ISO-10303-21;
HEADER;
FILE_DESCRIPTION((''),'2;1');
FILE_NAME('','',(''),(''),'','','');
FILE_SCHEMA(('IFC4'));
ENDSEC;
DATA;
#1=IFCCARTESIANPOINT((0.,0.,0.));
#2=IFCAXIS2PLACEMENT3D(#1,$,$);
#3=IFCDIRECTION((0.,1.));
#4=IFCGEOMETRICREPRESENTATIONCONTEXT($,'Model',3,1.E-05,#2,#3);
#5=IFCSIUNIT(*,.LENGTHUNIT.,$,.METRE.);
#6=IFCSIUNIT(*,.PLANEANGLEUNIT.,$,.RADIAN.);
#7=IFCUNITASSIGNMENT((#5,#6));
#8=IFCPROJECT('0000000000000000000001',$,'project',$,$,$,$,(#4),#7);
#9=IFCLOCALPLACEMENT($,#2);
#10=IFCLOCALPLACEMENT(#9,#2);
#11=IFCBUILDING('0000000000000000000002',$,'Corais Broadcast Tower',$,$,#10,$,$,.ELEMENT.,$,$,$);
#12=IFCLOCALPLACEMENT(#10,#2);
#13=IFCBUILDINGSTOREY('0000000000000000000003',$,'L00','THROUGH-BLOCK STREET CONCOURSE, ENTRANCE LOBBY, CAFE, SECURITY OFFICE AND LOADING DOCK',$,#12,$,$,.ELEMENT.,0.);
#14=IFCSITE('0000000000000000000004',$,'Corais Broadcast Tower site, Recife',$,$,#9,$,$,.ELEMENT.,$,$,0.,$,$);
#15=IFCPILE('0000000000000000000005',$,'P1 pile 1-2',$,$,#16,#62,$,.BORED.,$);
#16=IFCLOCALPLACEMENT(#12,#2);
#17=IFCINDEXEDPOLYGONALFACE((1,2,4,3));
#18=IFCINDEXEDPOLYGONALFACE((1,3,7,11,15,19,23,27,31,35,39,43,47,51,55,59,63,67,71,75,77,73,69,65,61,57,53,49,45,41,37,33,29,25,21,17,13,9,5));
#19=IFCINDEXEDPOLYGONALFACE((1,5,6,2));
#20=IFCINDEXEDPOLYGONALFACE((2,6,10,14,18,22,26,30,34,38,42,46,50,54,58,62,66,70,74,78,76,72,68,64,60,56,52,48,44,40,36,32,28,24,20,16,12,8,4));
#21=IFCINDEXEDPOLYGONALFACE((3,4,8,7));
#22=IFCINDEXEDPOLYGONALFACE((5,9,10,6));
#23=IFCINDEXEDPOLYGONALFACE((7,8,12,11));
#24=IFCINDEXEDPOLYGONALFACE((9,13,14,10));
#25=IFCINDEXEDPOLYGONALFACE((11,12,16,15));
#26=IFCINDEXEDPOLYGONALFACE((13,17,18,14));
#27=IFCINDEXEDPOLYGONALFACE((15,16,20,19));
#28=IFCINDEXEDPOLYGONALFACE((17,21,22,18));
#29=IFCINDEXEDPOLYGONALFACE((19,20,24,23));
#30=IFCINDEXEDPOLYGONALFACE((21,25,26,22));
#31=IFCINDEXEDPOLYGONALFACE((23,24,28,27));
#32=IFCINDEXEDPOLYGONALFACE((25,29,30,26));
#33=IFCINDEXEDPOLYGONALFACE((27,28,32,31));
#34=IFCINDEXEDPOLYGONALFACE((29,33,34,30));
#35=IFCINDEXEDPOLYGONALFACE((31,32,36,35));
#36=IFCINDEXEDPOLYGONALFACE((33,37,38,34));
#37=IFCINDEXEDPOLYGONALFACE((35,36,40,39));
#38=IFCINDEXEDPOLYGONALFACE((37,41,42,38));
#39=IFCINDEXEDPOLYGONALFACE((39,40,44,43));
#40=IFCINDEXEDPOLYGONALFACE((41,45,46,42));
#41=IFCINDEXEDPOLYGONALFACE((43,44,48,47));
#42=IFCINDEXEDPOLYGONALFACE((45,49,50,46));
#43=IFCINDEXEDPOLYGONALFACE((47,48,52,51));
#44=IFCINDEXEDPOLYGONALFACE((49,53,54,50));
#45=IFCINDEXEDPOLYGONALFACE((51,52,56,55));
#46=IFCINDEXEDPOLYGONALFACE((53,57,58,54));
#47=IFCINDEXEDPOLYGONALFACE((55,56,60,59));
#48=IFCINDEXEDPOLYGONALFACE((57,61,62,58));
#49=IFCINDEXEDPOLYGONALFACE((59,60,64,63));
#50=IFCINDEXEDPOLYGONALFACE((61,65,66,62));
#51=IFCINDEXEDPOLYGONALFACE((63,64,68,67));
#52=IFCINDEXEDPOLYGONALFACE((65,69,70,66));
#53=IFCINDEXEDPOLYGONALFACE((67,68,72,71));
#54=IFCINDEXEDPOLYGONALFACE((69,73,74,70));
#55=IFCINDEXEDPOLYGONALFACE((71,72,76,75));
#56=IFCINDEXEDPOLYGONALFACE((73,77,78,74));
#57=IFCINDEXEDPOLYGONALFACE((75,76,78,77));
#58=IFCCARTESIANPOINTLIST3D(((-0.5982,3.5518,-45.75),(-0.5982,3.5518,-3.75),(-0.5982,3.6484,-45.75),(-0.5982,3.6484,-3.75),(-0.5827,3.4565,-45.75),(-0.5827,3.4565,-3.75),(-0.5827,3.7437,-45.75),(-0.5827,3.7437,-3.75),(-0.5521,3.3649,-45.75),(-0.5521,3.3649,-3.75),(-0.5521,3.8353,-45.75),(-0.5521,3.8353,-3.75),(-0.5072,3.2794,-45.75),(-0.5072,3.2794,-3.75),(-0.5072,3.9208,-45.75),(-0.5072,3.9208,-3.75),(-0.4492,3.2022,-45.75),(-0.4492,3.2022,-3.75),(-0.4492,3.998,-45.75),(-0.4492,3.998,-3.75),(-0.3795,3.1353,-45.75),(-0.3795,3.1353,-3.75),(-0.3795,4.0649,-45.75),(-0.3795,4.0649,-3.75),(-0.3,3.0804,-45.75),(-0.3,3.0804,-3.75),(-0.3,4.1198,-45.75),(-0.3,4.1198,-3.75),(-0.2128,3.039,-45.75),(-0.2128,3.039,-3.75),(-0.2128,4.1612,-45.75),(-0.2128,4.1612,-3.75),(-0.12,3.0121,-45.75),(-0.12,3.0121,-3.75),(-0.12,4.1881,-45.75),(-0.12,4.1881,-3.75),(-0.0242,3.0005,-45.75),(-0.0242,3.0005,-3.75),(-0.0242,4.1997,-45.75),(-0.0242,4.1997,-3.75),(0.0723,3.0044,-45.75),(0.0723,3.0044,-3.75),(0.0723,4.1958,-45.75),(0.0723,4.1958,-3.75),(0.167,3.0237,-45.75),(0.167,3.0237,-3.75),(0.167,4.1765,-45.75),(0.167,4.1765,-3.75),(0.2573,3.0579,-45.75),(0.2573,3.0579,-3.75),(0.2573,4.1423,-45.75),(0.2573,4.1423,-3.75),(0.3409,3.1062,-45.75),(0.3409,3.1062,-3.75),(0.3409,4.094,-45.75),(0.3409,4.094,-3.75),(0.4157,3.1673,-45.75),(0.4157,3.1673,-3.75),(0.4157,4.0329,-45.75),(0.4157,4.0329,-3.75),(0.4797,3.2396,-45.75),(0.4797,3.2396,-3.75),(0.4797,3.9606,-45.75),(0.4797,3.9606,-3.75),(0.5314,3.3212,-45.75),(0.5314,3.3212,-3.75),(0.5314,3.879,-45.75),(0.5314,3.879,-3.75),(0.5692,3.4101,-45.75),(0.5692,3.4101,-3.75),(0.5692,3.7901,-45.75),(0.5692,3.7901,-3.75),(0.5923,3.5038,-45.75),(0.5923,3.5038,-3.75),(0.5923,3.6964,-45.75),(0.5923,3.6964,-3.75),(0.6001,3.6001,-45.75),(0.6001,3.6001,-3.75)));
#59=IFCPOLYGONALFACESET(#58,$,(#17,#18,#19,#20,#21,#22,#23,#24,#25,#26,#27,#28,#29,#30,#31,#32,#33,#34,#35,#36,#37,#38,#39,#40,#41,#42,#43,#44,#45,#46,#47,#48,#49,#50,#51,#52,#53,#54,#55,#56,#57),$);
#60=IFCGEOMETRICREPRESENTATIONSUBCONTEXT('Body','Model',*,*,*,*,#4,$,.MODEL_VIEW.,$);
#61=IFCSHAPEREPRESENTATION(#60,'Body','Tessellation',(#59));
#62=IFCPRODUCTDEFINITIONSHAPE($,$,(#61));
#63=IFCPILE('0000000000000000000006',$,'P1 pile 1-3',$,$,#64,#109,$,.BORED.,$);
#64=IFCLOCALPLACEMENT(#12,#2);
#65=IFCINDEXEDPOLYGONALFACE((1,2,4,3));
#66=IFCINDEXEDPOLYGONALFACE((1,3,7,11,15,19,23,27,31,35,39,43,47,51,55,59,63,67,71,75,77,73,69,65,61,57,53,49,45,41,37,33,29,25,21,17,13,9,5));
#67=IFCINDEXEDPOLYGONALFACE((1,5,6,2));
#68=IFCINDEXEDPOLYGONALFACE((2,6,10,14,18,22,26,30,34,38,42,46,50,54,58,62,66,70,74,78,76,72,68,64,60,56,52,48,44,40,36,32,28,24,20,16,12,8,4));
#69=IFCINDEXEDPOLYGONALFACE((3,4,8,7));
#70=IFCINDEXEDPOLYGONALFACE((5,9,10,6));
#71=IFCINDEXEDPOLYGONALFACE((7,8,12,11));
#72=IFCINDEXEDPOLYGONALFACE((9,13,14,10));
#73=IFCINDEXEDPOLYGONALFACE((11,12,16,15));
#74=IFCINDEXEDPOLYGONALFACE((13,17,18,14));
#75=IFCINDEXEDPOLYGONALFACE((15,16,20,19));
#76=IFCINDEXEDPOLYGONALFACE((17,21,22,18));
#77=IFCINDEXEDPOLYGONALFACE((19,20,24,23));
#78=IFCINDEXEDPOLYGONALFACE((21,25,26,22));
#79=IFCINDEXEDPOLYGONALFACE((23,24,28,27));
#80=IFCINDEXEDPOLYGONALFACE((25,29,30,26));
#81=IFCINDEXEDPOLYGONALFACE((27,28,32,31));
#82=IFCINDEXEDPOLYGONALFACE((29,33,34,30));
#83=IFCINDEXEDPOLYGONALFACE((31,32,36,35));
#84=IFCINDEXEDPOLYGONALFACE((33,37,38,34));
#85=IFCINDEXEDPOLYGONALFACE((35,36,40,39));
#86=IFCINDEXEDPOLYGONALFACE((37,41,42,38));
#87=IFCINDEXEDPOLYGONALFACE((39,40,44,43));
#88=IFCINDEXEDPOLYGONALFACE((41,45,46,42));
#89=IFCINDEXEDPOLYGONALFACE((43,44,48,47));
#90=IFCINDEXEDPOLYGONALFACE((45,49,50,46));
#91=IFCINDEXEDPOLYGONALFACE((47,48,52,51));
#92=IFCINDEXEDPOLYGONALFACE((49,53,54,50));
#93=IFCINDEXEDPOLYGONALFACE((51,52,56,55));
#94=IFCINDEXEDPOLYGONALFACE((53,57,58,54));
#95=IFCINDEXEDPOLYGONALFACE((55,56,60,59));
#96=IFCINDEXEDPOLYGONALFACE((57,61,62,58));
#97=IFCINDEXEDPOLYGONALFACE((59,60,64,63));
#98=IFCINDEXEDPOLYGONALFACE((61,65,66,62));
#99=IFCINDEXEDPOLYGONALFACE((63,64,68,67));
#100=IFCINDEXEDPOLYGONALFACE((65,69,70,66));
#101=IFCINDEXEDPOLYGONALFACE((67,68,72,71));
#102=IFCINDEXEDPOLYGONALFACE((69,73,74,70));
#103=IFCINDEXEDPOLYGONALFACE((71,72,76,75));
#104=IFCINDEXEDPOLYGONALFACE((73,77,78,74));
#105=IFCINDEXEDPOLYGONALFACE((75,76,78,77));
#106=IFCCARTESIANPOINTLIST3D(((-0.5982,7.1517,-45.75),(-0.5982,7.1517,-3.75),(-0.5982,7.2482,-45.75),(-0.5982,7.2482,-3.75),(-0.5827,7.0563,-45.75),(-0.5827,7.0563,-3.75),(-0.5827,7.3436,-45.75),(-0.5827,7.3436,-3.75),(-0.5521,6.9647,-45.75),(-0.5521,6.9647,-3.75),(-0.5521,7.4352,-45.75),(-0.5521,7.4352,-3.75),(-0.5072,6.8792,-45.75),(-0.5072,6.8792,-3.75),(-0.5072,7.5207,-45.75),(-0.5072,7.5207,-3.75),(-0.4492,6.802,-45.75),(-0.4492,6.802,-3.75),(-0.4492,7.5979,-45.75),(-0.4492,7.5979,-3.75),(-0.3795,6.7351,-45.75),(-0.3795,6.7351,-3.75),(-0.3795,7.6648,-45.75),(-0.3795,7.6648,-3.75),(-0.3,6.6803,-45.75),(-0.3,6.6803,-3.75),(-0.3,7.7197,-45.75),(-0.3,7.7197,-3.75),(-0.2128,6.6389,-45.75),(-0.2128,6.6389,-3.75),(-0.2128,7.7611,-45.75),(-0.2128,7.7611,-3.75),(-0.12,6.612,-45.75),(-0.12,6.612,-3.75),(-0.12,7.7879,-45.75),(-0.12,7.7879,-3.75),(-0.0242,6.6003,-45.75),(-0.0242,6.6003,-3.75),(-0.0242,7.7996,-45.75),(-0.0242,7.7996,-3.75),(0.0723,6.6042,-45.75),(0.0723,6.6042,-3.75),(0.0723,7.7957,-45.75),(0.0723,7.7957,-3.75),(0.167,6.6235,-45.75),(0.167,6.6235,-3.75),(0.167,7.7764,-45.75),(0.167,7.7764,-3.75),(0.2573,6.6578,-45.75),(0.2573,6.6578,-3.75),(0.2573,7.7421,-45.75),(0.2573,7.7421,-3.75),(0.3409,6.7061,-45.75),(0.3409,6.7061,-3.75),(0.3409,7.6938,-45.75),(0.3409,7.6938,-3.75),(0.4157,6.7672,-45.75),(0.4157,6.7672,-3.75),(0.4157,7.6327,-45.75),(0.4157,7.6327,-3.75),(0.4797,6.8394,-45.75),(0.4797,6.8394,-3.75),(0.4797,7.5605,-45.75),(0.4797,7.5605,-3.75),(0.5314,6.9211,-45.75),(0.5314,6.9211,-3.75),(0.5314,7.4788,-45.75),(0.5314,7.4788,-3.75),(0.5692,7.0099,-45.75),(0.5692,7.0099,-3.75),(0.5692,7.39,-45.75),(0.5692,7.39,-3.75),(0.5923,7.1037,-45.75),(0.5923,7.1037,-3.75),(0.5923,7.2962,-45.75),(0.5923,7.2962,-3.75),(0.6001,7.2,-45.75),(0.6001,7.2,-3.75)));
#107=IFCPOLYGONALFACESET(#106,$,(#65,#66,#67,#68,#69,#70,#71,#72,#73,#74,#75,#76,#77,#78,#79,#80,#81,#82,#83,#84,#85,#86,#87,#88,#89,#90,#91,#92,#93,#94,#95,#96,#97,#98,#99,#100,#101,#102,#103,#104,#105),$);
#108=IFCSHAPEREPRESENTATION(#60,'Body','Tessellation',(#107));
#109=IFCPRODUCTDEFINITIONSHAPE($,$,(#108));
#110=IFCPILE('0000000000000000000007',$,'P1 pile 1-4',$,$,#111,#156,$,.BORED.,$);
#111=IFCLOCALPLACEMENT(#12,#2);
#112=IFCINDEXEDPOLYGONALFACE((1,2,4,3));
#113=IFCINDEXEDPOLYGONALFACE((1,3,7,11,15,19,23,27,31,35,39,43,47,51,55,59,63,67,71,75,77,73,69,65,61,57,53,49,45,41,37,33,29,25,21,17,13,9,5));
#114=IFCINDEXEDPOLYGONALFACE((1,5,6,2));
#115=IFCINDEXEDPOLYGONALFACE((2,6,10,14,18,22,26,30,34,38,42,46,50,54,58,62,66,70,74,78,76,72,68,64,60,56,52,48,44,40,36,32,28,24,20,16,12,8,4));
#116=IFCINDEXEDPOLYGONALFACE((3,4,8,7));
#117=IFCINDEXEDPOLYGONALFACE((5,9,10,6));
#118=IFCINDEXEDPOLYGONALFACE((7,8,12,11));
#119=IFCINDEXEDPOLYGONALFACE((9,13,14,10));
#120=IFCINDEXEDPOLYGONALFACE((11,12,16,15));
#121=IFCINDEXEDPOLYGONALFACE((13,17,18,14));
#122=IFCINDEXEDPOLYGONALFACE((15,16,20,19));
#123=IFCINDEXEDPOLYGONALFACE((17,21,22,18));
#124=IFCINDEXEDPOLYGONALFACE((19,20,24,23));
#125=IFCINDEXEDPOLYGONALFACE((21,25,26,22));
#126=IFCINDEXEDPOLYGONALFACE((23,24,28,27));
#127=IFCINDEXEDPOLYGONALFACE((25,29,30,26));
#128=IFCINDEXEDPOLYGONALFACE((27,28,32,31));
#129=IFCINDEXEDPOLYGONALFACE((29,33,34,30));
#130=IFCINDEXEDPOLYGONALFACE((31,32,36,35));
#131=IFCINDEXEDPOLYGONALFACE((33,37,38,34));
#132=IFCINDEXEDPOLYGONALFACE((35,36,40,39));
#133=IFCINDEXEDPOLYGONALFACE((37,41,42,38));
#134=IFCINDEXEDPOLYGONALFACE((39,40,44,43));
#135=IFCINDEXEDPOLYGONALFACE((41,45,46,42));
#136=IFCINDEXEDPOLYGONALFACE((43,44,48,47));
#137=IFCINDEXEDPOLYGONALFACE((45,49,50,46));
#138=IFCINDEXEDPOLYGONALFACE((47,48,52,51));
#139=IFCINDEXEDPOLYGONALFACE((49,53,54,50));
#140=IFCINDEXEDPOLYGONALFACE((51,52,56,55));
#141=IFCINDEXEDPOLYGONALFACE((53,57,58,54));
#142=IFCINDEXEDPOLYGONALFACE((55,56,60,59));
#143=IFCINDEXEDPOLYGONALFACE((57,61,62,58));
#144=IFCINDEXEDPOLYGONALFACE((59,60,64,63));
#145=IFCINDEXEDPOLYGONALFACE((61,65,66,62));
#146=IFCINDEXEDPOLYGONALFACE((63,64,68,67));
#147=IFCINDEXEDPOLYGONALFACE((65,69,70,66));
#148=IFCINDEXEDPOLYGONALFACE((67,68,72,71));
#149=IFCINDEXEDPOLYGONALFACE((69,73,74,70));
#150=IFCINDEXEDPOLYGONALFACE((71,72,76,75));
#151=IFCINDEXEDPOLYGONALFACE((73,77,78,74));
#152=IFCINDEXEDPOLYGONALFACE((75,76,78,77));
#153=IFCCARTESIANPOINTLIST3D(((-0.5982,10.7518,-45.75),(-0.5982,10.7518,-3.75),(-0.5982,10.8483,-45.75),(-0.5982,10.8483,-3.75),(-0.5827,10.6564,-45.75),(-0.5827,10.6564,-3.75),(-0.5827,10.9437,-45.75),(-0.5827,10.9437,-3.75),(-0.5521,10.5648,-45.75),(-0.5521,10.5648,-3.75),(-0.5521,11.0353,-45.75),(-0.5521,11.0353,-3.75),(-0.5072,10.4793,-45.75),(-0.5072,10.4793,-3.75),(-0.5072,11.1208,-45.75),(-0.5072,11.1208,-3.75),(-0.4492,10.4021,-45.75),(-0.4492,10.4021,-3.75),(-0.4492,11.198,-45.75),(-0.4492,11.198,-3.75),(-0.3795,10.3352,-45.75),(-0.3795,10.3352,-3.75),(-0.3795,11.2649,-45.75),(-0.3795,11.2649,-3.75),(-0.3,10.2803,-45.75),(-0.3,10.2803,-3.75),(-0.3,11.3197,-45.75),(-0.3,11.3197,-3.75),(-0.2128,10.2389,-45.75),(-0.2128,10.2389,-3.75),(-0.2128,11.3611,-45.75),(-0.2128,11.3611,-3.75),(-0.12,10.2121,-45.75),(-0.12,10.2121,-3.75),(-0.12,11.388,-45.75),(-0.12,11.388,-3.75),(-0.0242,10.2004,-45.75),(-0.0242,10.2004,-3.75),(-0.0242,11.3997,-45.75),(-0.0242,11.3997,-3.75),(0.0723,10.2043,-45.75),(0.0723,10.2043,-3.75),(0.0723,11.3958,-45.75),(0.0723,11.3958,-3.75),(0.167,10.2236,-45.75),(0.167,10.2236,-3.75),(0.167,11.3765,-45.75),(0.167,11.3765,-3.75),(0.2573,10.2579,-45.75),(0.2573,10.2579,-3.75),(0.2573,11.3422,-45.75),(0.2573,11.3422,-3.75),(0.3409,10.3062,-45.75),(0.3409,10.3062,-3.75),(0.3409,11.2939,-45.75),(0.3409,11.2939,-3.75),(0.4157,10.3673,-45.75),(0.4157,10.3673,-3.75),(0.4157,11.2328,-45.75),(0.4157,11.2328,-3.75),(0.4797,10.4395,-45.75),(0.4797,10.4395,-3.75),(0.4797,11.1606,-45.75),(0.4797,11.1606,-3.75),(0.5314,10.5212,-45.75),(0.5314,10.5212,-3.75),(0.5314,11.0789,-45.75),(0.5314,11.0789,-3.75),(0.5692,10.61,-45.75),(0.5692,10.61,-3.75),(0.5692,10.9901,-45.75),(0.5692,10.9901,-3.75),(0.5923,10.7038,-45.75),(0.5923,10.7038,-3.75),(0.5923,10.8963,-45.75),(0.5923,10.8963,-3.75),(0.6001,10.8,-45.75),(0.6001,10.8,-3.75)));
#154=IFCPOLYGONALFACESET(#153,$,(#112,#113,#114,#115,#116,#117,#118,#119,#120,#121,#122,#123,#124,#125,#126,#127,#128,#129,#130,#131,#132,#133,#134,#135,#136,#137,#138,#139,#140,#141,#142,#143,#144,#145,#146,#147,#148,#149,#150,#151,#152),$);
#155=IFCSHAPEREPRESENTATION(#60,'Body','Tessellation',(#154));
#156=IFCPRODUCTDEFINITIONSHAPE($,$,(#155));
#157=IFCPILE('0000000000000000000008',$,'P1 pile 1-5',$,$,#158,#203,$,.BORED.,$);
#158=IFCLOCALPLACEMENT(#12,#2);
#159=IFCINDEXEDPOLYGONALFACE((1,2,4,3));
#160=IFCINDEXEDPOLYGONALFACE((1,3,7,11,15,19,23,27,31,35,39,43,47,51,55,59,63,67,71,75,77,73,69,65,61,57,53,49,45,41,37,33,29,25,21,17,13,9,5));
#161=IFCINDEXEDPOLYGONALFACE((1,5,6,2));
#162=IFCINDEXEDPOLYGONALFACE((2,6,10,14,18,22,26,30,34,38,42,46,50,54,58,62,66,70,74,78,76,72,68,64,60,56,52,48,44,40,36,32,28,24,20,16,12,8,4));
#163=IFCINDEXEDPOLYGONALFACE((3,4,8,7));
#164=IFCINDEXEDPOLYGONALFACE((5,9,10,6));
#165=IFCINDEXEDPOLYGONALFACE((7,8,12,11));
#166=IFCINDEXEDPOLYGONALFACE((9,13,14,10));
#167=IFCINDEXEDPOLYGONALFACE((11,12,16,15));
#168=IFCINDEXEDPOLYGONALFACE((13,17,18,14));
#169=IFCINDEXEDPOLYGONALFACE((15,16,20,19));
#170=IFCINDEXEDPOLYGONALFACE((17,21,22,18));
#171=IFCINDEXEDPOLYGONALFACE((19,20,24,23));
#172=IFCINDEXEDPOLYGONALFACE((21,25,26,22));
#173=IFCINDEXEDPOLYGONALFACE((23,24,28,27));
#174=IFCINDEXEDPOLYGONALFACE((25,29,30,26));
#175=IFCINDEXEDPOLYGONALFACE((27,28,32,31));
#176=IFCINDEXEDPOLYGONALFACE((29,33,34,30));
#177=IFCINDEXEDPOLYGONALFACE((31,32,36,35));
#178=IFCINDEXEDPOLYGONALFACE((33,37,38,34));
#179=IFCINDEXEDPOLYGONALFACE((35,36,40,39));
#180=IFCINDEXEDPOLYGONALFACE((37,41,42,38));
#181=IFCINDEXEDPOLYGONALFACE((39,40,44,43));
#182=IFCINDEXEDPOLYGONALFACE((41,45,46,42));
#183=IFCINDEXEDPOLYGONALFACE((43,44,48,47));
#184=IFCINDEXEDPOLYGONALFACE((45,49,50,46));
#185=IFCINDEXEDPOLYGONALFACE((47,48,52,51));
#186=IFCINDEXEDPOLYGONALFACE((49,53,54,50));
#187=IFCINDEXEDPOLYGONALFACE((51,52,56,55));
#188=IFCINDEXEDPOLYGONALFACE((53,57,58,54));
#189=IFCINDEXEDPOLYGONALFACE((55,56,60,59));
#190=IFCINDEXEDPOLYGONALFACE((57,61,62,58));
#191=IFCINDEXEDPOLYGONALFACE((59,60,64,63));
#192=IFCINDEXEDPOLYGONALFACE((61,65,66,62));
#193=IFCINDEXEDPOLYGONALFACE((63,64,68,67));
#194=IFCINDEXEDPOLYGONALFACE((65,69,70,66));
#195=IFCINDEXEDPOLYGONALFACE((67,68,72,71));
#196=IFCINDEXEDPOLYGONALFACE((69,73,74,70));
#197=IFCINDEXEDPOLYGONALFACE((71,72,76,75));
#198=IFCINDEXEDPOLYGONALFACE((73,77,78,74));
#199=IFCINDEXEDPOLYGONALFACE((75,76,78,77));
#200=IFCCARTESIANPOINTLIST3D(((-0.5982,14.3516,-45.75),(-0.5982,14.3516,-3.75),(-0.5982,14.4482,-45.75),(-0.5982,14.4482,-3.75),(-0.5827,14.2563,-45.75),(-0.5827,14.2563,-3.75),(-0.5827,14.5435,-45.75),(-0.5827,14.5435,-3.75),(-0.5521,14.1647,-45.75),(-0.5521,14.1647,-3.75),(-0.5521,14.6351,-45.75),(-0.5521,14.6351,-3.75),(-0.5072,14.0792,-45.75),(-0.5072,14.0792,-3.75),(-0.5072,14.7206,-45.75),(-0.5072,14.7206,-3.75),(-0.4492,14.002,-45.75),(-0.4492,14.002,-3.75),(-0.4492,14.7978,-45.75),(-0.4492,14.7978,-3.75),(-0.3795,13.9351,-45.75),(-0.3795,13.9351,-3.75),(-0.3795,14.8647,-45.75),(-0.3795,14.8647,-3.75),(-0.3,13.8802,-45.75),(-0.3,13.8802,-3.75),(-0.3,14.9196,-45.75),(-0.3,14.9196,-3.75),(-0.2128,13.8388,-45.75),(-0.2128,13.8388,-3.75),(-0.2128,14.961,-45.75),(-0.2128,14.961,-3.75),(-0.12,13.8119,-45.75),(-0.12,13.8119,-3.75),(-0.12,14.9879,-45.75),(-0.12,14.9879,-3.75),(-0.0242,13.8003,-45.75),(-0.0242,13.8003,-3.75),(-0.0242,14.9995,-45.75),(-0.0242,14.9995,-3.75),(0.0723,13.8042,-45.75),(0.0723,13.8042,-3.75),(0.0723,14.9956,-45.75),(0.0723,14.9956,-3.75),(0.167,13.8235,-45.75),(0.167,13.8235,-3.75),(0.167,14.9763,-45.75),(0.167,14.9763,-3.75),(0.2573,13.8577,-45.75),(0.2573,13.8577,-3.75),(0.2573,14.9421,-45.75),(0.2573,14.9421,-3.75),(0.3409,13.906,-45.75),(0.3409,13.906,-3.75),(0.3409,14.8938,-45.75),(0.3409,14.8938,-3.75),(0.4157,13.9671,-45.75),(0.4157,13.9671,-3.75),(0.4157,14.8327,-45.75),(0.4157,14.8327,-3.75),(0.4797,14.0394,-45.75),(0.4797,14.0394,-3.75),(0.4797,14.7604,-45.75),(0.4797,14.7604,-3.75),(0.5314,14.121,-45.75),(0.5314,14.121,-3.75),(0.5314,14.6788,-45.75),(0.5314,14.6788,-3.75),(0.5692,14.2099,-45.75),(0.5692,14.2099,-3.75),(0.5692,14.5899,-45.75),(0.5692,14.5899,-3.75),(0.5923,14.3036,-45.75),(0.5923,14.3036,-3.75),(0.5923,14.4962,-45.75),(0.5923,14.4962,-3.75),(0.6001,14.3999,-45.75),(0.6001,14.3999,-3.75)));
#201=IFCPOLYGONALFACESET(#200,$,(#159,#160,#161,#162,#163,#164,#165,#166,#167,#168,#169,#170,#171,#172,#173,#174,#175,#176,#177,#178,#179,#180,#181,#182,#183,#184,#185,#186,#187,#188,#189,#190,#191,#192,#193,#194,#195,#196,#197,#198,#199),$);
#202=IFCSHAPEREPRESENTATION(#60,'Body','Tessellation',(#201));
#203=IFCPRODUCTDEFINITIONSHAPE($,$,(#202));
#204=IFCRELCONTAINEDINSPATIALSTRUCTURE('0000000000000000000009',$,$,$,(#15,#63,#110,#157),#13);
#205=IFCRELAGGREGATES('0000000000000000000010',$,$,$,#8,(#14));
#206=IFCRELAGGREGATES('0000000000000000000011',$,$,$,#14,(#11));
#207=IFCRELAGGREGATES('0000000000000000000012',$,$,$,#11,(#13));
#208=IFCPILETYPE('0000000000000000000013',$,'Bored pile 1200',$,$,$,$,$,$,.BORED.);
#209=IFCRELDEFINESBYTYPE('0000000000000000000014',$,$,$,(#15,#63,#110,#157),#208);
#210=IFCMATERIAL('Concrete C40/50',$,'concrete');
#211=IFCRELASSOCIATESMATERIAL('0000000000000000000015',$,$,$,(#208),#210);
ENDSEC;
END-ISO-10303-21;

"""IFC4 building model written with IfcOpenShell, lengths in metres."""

from ifc_helpers import new_model, si_unit, direction, frame, origin, origin_2d, place, context, subcontext, project, spatial, circle, extrude, material, type_object, element, save


model = new_model("IFC4")

# Units and contexts
model_context = context("Model", 3, precision=1e-05, world=origin(), true_north=direction((0.0, 1.0)))
body_context = subcontext(model_context, "Body", "Model", "MODEL_VIEW")
ifc_project = project(units=[si_unit("LENGTHUNIT", "METRE"), si_unit("PLANEANGLEUNIT", "RADIAN")], contexts=[model_context])

# Site, building, storey
site_placement = place(None, origin())
site = spatial("IfcSite", under=ifc_project, at=site_placement, Name="Corais Broadcast Tower site, Recife", CompositionType="ELEMENT", RefElevation=0.0)
building_placement = place(site_placement, origin())
building = spatial("IfcBuilding", under=site, at=building_placement, Name="Corais Broadcast Tower", CompositionType="ELEMENT")
storey_placement = place(building_placement, origin())
storey = spatial("IfcBuildingStorey", under=building, at=storey_placement, Name="L00", Description="THROUGH-BLOCK STREET CONCOURSE, ENTRANCE LOBBY, CAFE, SECURITY OFFICE AND LOADING DOCK", CompositionType="ELEMENT", Elevation=0.0)

# Piles
ifc_material_1 = material(Name="Concrete C40/50", Category="concrete")
pile_type = type_object("IfcPileType", Name="Bored pile 1200", PredefinedType="BORED", material=ifc_material_1)
for number, where, z_axis, x_axis, name in (
    (1, (0.0, 3.6001, -3.75), (0.0, 0.0, -1.0), (1.0, 0.0, 0.0), "P1 pile 1-2"),
    (2, (0.0, 7.2, -3.75), (0.0, 0.0, -1.0), (1.0, 0.0, 0.0), "P1 pile 1-3"),
    (3, (0.0, 10.8, -3.75), (0.0, 0.0, -1.0), (1.0, 0.0, 0.0), "P1 pile 1-4"),
    (4, (0.0, 14.3999, -3.75), (0.0, 0.0, -1.0), (1.0, 0.0, 0.0), "P1 pile 1-5"),
):
    element("IfcPile", number, at=place(storey_placement, frame(where, z_axis=z_axis, x_axis=x_axis)), inside=storey, type_object=pile_type, Name=name, PredefinedType="BORED", context=body_context, shape_type="SweptSolid", body=[
        extrude(circle(Radius=0.6001, at=origin_2d()), origin(), (0.0, 0.0, 1.0), 42.0),
    ])

save(model, "model.ifc")
